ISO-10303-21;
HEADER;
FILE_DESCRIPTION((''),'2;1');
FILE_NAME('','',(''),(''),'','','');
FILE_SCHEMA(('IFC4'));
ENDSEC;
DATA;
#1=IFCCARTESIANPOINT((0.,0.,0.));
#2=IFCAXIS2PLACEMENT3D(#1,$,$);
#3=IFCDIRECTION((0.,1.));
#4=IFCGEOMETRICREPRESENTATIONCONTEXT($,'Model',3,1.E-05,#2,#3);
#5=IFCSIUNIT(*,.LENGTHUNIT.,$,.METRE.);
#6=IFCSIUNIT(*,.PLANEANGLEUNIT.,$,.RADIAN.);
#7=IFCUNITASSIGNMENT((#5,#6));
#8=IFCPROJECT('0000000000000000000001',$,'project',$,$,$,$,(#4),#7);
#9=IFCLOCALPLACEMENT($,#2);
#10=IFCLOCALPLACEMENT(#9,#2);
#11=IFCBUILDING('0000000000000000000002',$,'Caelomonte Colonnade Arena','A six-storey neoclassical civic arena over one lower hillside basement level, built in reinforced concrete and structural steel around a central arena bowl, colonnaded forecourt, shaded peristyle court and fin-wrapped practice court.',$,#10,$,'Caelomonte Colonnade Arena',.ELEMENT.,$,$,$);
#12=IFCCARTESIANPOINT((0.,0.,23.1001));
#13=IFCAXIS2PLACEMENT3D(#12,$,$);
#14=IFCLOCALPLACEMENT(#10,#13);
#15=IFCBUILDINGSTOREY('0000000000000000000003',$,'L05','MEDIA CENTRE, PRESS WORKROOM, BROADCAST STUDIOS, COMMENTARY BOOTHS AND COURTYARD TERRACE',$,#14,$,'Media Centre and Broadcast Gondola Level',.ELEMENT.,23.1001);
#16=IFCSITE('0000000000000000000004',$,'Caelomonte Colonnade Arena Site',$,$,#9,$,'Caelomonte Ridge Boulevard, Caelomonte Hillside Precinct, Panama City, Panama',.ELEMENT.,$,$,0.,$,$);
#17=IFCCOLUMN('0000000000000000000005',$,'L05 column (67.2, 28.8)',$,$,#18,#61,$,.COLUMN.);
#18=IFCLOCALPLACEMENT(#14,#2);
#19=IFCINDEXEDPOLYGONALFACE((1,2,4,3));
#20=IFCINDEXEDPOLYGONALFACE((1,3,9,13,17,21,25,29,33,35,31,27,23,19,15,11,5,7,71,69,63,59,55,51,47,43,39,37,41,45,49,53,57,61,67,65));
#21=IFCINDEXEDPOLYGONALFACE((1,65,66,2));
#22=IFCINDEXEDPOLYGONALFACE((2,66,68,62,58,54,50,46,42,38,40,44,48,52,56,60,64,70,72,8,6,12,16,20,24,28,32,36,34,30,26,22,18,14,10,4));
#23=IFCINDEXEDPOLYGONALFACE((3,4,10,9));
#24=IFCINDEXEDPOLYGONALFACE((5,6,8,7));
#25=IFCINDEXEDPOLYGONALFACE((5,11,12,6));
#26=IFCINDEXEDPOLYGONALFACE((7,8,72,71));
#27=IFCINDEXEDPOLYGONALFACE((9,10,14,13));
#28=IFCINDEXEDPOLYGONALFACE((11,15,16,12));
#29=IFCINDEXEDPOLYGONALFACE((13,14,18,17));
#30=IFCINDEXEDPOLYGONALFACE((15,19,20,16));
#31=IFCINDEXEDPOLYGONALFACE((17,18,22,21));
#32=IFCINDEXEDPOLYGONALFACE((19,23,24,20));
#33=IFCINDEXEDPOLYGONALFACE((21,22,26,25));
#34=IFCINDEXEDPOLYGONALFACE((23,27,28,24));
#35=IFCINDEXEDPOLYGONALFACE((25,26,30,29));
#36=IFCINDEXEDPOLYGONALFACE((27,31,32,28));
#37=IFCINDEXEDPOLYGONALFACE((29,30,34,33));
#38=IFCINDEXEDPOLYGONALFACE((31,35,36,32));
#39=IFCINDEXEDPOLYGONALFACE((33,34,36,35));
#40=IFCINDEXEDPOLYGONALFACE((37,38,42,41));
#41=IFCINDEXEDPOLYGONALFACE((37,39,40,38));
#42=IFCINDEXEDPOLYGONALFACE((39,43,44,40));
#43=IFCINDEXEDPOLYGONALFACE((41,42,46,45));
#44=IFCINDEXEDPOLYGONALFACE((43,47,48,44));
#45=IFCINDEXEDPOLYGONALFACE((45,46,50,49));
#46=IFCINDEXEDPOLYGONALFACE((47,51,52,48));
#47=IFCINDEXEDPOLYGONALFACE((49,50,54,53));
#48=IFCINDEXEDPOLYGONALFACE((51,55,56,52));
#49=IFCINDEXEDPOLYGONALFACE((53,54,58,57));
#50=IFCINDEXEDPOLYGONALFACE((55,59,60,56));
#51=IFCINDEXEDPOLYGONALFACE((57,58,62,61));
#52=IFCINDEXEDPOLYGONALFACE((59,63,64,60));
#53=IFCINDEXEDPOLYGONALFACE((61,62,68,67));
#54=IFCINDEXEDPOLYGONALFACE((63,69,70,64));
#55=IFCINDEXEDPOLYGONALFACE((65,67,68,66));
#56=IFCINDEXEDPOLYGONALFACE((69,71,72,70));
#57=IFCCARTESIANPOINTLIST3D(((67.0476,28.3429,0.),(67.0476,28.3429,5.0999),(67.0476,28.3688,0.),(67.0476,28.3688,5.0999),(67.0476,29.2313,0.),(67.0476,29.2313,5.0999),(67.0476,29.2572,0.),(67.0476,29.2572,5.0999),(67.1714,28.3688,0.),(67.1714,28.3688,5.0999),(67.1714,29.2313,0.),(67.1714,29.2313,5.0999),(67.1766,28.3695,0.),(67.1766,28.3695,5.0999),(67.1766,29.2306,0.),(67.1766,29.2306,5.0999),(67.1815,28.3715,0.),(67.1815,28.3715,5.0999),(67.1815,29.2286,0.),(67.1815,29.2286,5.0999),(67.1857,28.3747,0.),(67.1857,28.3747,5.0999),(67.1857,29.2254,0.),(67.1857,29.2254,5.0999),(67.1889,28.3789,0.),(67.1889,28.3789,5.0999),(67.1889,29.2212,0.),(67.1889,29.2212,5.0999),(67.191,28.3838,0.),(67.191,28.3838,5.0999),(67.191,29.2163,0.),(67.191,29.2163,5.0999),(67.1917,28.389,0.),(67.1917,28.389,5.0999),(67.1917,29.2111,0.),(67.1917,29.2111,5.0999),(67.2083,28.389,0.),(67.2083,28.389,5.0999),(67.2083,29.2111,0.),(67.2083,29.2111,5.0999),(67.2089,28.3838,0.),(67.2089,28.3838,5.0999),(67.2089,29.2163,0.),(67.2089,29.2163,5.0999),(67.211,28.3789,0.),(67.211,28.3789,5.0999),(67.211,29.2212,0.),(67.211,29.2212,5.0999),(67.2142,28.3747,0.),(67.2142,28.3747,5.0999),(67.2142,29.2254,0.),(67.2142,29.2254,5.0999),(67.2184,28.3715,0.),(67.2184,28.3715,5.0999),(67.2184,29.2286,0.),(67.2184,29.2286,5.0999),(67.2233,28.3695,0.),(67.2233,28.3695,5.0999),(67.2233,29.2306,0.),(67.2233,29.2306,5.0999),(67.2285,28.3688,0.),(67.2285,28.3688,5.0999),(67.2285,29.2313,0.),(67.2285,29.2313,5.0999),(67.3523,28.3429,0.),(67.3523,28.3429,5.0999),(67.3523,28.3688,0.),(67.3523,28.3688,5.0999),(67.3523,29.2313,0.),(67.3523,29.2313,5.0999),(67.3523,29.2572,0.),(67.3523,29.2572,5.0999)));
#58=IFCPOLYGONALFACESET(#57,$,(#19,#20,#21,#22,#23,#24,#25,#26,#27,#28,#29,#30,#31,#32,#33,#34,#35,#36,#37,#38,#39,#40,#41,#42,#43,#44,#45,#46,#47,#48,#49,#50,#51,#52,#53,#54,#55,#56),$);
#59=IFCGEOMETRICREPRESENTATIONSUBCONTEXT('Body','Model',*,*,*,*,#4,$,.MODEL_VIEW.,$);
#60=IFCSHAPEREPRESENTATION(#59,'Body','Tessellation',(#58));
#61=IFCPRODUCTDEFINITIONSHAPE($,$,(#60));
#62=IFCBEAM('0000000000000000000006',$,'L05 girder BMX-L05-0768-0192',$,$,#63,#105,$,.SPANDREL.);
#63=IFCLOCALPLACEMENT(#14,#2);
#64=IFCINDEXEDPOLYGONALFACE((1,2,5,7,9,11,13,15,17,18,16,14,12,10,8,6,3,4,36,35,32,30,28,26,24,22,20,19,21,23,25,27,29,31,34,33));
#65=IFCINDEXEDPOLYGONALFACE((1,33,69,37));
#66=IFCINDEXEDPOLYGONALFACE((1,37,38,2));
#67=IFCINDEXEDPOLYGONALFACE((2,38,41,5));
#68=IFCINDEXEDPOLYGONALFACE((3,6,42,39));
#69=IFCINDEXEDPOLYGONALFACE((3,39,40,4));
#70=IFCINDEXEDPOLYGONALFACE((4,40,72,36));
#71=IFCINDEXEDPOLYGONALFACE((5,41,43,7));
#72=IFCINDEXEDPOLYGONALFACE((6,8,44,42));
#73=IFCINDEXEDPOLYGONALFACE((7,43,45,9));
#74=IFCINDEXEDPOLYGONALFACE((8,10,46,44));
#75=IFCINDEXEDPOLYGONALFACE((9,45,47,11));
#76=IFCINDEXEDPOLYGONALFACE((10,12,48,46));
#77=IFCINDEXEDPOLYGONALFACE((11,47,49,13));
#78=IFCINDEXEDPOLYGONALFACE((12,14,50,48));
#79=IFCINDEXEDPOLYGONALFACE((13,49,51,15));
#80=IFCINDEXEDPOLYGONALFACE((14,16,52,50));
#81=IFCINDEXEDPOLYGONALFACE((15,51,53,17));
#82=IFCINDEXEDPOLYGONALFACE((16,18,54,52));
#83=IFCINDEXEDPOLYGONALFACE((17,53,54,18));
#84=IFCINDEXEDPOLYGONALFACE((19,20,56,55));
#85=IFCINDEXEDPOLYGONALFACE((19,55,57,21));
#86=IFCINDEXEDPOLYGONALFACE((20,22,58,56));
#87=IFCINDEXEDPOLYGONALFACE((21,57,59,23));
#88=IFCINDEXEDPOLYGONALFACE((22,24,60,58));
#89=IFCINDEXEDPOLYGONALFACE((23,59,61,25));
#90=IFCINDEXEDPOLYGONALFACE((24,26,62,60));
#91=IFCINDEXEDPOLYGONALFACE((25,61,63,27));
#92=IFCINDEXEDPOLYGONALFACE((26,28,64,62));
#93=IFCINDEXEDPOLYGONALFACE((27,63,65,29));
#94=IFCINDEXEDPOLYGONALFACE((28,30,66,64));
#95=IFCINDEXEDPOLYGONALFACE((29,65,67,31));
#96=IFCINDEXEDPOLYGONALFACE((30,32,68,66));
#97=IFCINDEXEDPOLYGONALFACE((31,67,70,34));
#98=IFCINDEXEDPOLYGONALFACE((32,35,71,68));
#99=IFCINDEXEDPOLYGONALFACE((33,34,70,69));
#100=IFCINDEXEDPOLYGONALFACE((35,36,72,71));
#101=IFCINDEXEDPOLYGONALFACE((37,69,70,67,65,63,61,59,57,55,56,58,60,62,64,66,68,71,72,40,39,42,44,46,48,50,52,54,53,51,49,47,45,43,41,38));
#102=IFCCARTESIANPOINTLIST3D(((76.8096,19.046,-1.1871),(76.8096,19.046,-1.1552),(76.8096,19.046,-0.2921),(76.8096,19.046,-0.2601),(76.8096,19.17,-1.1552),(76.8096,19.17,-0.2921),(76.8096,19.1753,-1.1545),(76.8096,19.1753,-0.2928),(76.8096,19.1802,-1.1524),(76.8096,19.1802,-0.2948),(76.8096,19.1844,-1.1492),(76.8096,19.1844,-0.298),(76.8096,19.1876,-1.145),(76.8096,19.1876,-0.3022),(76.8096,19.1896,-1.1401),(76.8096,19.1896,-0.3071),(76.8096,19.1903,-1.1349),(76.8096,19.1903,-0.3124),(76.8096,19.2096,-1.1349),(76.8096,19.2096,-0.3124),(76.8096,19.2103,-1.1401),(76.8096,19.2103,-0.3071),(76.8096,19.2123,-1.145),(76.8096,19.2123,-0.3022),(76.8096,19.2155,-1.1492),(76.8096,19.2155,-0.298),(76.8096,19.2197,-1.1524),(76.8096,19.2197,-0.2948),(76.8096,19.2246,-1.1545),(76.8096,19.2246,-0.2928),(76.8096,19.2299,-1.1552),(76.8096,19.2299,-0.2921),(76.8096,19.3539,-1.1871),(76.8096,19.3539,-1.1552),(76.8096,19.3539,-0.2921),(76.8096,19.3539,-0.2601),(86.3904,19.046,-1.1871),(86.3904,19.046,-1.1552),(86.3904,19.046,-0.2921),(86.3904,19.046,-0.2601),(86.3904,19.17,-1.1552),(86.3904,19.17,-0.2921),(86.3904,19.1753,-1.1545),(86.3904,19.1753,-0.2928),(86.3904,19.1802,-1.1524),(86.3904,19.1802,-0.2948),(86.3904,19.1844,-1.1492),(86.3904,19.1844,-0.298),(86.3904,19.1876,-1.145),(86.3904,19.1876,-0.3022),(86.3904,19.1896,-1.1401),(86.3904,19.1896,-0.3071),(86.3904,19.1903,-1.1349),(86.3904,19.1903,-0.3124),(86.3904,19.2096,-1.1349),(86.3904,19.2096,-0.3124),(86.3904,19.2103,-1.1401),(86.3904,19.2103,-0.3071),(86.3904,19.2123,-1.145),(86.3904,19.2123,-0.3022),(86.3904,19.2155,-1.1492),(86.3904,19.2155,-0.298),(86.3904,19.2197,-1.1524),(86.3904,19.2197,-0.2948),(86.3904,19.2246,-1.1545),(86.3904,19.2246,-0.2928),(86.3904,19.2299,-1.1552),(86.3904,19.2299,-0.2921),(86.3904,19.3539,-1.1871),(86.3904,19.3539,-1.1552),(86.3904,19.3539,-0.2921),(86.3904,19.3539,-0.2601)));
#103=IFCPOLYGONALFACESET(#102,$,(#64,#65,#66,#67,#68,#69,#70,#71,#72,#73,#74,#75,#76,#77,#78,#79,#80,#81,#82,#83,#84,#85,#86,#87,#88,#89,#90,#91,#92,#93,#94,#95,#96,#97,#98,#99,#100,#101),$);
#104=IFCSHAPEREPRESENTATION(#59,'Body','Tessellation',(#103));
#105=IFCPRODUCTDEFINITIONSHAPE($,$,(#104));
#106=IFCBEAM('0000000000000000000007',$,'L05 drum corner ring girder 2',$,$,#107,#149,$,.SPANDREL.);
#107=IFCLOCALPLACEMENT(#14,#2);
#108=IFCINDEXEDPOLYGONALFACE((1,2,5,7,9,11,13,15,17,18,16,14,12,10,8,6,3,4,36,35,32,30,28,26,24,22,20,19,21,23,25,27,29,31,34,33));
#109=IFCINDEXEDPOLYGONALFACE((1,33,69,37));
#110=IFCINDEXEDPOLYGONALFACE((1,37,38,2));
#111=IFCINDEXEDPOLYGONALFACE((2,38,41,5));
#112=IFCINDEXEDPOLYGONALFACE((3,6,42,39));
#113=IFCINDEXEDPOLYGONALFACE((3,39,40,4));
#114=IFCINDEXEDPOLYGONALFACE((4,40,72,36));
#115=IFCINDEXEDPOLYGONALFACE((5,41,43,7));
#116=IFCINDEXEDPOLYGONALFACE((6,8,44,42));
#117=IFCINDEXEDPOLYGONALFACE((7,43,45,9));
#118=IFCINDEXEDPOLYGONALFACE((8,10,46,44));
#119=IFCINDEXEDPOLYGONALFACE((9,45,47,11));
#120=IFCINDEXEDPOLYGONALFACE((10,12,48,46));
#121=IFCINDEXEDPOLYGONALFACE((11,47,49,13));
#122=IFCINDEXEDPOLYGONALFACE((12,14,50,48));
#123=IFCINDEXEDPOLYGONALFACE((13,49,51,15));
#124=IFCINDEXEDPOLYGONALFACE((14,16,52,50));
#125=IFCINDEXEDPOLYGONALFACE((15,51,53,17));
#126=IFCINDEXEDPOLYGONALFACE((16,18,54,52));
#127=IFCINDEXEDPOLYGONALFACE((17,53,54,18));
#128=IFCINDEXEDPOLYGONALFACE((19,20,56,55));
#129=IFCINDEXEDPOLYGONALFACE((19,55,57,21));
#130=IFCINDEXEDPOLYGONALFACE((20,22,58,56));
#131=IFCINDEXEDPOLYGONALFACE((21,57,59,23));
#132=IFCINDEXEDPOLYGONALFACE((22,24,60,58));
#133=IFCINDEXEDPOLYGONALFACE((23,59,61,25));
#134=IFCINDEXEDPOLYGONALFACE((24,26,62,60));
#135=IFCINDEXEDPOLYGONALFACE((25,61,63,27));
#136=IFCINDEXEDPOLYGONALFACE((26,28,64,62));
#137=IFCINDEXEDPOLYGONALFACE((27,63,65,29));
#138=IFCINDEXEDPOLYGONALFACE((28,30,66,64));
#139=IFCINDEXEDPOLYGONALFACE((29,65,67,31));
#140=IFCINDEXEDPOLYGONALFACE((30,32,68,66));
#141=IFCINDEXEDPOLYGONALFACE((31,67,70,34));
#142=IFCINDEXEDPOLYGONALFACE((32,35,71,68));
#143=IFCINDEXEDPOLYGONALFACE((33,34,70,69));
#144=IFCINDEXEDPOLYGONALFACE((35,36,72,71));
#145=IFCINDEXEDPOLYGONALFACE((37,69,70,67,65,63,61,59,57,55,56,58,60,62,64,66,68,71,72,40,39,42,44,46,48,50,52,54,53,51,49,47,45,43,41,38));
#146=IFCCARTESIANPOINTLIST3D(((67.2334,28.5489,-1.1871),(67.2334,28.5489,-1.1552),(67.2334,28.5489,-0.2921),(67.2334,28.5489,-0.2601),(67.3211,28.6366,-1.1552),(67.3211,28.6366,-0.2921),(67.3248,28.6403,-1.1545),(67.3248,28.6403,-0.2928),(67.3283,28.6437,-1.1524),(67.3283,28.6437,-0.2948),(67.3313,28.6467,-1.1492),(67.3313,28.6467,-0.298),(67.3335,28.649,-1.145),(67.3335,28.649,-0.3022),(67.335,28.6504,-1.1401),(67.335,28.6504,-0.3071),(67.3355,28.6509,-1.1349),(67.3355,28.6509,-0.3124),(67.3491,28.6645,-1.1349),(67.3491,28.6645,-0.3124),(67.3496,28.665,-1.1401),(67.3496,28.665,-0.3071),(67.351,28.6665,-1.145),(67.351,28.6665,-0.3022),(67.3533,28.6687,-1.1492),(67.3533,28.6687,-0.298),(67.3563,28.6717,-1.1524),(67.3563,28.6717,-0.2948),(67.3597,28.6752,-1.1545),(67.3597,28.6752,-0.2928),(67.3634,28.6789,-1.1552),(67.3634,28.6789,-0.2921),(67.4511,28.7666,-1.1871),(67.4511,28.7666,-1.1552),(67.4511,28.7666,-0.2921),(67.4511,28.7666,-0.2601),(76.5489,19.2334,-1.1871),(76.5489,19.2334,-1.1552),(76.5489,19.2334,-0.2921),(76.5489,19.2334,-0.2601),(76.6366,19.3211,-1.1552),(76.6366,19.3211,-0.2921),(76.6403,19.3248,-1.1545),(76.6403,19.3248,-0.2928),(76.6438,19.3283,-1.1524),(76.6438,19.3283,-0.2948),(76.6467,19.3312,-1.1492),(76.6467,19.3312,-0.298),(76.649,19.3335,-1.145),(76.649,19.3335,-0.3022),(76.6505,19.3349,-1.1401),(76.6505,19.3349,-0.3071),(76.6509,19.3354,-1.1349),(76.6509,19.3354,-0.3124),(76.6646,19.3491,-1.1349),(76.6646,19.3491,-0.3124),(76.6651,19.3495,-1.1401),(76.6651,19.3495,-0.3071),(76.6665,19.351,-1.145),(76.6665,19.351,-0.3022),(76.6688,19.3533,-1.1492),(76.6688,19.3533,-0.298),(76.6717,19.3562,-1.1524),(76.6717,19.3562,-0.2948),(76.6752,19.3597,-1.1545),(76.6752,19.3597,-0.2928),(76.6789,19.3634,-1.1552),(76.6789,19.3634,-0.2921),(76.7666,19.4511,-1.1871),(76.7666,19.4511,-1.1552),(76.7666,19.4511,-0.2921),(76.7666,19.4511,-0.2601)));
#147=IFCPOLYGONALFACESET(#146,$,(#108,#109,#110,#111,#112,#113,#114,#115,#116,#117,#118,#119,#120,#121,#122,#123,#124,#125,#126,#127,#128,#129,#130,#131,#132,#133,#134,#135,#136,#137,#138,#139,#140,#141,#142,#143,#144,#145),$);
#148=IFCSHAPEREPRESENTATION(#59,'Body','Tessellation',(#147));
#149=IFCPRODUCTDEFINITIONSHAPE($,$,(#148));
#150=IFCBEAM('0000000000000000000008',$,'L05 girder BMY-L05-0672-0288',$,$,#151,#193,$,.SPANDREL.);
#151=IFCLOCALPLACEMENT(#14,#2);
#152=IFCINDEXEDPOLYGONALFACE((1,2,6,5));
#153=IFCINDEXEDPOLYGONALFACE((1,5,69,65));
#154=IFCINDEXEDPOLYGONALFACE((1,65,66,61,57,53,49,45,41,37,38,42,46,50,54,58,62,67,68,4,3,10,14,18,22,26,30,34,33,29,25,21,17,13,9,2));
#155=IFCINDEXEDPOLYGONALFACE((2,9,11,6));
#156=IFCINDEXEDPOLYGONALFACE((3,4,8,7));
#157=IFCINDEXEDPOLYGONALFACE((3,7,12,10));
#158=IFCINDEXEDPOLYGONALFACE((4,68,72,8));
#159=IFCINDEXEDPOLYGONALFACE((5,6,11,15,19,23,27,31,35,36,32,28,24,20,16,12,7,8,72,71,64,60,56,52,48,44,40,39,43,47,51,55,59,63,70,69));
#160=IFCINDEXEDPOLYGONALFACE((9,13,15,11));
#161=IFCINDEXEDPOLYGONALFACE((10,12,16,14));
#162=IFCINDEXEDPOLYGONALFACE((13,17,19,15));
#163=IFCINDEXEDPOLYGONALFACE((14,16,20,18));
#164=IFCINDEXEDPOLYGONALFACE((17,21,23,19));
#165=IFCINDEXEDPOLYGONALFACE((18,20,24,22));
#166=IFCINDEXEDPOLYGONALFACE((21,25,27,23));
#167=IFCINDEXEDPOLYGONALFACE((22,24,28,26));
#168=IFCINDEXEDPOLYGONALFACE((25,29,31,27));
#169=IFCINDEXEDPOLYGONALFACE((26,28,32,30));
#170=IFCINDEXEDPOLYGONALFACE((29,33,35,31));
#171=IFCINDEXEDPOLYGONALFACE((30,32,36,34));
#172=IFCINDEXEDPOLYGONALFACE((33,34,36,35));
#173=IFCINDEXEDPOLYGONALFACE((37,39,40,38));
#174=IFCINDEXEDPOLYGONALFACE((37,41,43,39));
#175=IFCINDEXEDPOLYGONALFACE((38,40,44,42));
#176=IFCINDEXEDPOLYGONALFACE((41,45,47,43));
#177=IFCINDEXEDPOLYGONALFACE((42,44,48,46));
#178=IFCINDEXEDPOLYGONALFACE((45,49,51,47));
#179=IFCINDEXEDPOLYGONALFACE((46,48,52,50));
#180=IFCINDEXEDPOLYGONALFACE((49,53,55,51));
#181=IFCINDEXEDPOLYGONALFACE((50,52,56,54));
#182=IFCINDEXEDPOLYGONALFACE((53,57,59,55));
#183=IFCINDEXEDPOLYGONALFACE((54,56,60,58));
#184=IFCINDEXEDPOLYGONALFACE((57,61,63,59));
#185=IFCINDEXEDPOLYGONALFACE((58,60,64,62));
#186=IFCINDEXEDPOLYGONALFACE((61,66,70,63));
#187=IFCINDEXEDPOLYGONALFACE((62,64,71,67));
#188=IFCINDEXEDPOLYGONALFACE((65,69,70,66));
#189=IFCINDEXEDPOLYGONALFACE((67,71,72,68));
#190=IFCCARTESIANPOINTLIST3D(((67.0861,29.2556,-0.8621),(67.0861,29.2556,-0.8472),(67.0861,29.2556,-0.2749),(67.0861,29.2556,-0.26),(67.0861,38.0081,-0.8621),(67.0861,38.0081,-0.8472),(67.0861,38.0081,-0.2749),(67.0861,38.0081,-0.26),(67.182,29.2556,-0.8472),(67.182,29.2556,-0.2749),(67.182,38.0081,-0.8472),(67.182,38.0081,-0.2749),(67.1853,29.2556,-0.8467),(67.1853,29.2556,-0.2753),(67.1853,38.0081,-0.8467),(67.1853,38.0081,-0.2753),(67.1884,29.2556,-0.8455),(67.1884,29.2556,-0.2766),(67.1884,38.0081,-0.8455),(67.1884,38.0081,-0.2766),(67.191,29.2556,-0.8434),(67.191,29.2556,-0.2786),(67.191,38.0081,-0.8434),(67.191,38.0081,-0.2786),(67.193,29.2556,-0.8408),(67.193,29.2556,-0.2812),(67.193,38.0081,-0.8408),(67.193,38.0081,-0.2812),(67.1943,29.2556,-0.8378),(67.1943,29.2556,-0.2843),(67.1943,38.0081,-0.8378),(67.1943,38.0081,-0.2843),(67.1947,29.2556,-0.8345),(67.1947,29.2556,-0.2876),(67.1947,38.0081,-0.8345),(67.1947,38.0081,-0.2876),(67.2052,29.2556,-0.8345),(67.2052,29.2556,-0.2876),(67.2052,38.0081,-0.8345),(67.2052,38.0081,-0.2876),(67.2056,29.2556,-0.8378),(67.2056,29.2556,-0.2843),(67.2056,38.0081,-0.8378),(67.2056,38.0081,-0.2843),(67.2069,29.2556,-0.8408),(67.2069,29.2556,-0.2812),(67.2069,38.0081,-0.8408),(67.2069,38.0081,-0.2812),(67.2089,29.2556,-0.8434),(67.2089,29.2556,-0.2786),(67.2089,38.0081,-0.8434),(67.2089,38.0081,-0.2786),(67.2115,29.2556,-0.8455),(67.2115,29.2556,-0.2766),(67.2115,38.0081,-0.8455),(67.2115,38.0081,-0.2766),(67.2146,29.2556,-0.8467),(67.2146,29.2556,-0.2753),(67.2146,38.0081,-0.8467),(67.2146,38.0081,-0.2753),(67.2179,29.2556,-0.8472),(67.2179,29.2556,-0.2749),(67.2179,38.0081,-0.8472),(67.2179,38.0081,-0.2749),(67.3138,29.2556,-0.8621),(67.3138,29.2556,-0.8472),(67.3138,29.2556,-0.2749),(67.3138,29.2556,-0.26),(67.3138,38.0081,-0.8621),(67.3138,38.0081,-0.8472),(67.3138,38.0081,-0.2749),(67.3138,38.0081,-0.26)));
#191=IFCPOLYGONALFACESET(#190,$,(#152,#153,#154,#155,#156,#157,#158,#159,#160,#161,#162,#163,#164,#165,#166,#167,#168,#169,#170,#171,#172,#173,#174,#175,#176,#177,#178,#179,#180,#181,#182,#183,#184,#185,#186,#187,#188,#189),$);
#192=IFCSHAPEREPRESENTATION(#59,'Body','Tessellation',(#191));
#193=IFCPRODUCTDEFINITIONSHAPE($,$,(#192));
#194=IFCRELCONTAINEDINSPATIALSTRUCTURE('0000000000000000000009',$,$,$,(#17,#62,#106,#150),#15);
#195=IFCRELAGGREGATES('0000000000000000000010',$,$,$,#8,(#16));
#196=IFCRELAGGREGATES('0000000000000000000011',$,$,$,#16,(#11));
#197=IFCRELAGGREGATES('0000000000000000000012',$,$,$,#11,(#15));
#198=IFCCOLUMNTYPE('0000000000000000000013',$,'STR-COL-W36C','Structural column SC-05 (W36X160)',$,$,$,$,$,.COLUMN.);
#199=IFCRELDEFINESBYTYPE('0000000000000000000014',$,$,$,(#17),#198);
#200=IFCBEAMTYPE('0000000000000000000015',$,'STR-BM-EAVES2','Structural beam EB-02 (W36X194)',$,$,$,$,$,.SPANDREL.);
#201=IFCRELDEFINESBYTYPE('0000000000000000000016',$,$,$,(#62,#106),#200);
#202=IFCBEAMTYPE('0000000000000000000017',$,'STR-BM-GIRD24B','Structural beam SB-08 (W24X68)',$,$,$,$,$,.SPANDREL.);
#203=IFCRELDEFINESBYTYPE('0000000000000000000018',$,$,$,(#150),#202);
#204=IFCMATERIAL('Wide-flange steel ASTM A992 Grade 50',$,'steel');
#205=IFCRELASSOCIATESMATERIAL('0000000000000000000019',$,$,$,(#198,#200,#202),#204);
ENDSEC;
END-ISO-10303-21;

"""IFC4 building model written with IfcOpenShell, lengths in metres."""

from ifc_helpers import new_model, si_unit, direction, frame, origin, origin_2d, place, context, subcontext, project, spatial, i_section, extrude, material, material_profile, profile_set, type_object, element, save


model = new_model("IFC4")

# Units and contexts
model_context = context("Model", 3, precision=1e-05, world=origin(), true_north=direction((0.0, 1.0)))
body_context = subcontext(model_context, "Body", "Model", "MODEL_VIEW")
ifc_project = project(units=[si_unit("LENGTHUNIT", "METRE"), si_unit("PLANEANGLEUNIT", "RADIAN")], contexts=[model_context])

# Site, building, storey
site_placement = place(None, origin())
site = spatial("IfcSite", under=ifc_project, at=site_placement, Name="Caelomonte Colonnade Arena Site", LongName="Caelomonte Ridge Boulevard, Caelomonte Hillside Precinct, Panama City, Panama", CompositionType="ELEMENT", RefElevation=0.0)
building_placement = place(site_placement, origin())
building = spatial("IfcBuilding", under=site, at=building_placement, Name="Caelomonte Colonnade Arena", Description="A six-storey neoclassical civic arena over one lower hillside basement level, built in reinforced concrete and structural steel around a central arena bowl, colonnaded forecourt, shaded peristyle court and fin-wrapped practice court.", LongName="Caelomonte Colonnade Arena", CompositionType="ELEMENT")
storey_placement = place(building_placement, frame((0.0, 0.0, 23.1001)))
storey = spatial("IfcBuildingStorey", under=building, at=storey_placement, Name="L05", Description="MEDIA CENTRE, PRESS WORKROOM, BROADCAST STUDIOS, COMMENTARY BOOTHS AND COURTYARD TERRACE", LongName="Media Centre and Broadcast Gondola Level", CompositionType="ELEMENT", Elevation=23.1001)

# Column
ifc_material_1 = material(Name="Wide-flange steel ASTM A992 Grade 50", Category="steel")
ifc_material_profile_1 = material_profile(ifc_material_1, i_section(OverallWidth=0.3047, OverallDepth=0.9143, WebThickness=0.0166, FlangeThickness=0.0259, FilletRadius=0.0203, at=origin_2d()), Name="W36X160")
ifc_profile_set_1 = profile_set([ifc_material_profile_1], Name="Wide-flange steel ASTM A992 Grade 50")
column_type = type_object("IfcColumnType", Name="STR-COL-W36C", Description="Structural column SC-05 (W36X160)", PredefinedType="COLUMN", material=ifc_profile_set_1)
column_placement = place(storey_placement, frame((67.2, 28.8, 0.0), z_axis=(0.0, 0.0, 1.0), x_axis=(1.0, 0.0, 0.0)))
element("IfcColumn", 1, at=column_placement, inside=storey, type_object=column_type, Name="L05 column (67.2, 28.8)", PredefinedType="COLUMN", context=body_context, shape_type="SweptSolid", body=[
    extrude(i_section(OverallWidth=0.3047, OverallDepth=0.9143, WebThickness=0.0166, FlangeThickness=0.0259, FilletRadius=0.0203, at=origin_2d()), origin(), (0.0, 0.0, 1.0), 5.0999),
])

# Beams
ifc_material_profile_2 = material_profile(ifc_material_1, i_section(OverallWidth=0.3079, OverallDepth=0.927, WebThickness=0.0193, FlangeThickness=0.032, FilletRadius=0.0203, at=origin_2d()), Name="W36X194")
ifc_profile_set_2 = profile_set([ifc_material_profile_2], Name="Wide-flange steel ASTM A992 Grade 50")
beam_type_1 = type_object("IfcBeamType", Name="STR-BM-EAVES2", Description="Structural beam EB-02 (W36X194)", PredefinedType="SPANDREL", material=ifc_profile_set_2)
beam_1_placement = place(storey_placement, frame((76.8096, 19.2, -0.7236), z_axis=(1.0, 0.0, 0.0), x_axis=(0.0, 1.0, 0.0)))
element("IfcBeam", 2, at=beam_1_placement, inside=storey, type_object=beam_type_1, Name="L05 girder BMX-L05-0768-0192", PredefinedType="SPANDREL", context=body_context, shape_type="SweptSolid", body=[
    extrude(i_section(OverallWidth=0.3079, OverallDepth=0.927, WebThickness=0.0193, FlangeThickness=0.032, FilletRadius=0.0203, at=origin_2d()), origin(), (0.0, 0.0, 1.0), 9.5808),
])
beam_2_placement = place(storey_placement, frame((67.3423, 28.6577, -0.7236), z_axis=(0.707107, -0.707107, 0.0), x_axis=(0.707107, 0.707107, 0.0)))
element("IfcBeam", 3, at=beam_2_placement, inside=storey, type_object=beam_type_1, Name="L05 drum corner ring girder 2", PredefinedType="SPANDREL", context=body_context, shape_type="SweptSolid", body=[
    extrude(i_section(OverallWidth=0.3079, OverallDepth=0.927, WebThickness=0.0193, FlangeThickness=0.032, FilletRadius=0.0203, at=origin_2d()), origin(), (0.0, 0.0, 1.0), 13.1741),
])
ifc_material_profile_3 = material_profile(ifc_material_1, i_section(OverallWidth=0.2278, OverallDepth=0.6021, WebThickness=0.0105, FlangeThickness=0.0149, FilletRadius=0.0127, at=origin_2d()), Name="W24X68")
ifc_profile_set_3 = profile_set([ifc_material_profile_3], Name="Wide-flange steel ASTM A992 Grade 50")
beam_type_2 = type_object("IfcBeamType", Name="STR-BM-GIRD24B", Description="Structural beam SB-08 (W24X68)", PredefinedType="SPANDREL", material=ifc_profile_set_3)
for number, where, z_axis, x_axis, name in (
    (4, (67.2, 29.2556, -0.561), (0.0, 1.0, 0.0), (-1.0, 0.0, 0.0), "L05 girder BMY-L05-0672-0288"),
):
    element("IfcBeam", number, at=place(storey_placement, frame(where, z_axis=z_axis, x_axis=x_axis)), inside=storey, type_object=beam_type_2, Name=name, PredefinedType="SPANDREL", context=body_context, shape_type="SweptSolid", body=[
        extrude(i_section(OverallWidth=0.2278, OverallDepth=0.6021, WebThickness=0.0105, FlangeThickness=0.0149, FilletRadius=0.0127, at=origin_2d()), origin(), (0.0, 0.0, 1.0), 8.7524),
    ])

save(model, "model.ifc")
